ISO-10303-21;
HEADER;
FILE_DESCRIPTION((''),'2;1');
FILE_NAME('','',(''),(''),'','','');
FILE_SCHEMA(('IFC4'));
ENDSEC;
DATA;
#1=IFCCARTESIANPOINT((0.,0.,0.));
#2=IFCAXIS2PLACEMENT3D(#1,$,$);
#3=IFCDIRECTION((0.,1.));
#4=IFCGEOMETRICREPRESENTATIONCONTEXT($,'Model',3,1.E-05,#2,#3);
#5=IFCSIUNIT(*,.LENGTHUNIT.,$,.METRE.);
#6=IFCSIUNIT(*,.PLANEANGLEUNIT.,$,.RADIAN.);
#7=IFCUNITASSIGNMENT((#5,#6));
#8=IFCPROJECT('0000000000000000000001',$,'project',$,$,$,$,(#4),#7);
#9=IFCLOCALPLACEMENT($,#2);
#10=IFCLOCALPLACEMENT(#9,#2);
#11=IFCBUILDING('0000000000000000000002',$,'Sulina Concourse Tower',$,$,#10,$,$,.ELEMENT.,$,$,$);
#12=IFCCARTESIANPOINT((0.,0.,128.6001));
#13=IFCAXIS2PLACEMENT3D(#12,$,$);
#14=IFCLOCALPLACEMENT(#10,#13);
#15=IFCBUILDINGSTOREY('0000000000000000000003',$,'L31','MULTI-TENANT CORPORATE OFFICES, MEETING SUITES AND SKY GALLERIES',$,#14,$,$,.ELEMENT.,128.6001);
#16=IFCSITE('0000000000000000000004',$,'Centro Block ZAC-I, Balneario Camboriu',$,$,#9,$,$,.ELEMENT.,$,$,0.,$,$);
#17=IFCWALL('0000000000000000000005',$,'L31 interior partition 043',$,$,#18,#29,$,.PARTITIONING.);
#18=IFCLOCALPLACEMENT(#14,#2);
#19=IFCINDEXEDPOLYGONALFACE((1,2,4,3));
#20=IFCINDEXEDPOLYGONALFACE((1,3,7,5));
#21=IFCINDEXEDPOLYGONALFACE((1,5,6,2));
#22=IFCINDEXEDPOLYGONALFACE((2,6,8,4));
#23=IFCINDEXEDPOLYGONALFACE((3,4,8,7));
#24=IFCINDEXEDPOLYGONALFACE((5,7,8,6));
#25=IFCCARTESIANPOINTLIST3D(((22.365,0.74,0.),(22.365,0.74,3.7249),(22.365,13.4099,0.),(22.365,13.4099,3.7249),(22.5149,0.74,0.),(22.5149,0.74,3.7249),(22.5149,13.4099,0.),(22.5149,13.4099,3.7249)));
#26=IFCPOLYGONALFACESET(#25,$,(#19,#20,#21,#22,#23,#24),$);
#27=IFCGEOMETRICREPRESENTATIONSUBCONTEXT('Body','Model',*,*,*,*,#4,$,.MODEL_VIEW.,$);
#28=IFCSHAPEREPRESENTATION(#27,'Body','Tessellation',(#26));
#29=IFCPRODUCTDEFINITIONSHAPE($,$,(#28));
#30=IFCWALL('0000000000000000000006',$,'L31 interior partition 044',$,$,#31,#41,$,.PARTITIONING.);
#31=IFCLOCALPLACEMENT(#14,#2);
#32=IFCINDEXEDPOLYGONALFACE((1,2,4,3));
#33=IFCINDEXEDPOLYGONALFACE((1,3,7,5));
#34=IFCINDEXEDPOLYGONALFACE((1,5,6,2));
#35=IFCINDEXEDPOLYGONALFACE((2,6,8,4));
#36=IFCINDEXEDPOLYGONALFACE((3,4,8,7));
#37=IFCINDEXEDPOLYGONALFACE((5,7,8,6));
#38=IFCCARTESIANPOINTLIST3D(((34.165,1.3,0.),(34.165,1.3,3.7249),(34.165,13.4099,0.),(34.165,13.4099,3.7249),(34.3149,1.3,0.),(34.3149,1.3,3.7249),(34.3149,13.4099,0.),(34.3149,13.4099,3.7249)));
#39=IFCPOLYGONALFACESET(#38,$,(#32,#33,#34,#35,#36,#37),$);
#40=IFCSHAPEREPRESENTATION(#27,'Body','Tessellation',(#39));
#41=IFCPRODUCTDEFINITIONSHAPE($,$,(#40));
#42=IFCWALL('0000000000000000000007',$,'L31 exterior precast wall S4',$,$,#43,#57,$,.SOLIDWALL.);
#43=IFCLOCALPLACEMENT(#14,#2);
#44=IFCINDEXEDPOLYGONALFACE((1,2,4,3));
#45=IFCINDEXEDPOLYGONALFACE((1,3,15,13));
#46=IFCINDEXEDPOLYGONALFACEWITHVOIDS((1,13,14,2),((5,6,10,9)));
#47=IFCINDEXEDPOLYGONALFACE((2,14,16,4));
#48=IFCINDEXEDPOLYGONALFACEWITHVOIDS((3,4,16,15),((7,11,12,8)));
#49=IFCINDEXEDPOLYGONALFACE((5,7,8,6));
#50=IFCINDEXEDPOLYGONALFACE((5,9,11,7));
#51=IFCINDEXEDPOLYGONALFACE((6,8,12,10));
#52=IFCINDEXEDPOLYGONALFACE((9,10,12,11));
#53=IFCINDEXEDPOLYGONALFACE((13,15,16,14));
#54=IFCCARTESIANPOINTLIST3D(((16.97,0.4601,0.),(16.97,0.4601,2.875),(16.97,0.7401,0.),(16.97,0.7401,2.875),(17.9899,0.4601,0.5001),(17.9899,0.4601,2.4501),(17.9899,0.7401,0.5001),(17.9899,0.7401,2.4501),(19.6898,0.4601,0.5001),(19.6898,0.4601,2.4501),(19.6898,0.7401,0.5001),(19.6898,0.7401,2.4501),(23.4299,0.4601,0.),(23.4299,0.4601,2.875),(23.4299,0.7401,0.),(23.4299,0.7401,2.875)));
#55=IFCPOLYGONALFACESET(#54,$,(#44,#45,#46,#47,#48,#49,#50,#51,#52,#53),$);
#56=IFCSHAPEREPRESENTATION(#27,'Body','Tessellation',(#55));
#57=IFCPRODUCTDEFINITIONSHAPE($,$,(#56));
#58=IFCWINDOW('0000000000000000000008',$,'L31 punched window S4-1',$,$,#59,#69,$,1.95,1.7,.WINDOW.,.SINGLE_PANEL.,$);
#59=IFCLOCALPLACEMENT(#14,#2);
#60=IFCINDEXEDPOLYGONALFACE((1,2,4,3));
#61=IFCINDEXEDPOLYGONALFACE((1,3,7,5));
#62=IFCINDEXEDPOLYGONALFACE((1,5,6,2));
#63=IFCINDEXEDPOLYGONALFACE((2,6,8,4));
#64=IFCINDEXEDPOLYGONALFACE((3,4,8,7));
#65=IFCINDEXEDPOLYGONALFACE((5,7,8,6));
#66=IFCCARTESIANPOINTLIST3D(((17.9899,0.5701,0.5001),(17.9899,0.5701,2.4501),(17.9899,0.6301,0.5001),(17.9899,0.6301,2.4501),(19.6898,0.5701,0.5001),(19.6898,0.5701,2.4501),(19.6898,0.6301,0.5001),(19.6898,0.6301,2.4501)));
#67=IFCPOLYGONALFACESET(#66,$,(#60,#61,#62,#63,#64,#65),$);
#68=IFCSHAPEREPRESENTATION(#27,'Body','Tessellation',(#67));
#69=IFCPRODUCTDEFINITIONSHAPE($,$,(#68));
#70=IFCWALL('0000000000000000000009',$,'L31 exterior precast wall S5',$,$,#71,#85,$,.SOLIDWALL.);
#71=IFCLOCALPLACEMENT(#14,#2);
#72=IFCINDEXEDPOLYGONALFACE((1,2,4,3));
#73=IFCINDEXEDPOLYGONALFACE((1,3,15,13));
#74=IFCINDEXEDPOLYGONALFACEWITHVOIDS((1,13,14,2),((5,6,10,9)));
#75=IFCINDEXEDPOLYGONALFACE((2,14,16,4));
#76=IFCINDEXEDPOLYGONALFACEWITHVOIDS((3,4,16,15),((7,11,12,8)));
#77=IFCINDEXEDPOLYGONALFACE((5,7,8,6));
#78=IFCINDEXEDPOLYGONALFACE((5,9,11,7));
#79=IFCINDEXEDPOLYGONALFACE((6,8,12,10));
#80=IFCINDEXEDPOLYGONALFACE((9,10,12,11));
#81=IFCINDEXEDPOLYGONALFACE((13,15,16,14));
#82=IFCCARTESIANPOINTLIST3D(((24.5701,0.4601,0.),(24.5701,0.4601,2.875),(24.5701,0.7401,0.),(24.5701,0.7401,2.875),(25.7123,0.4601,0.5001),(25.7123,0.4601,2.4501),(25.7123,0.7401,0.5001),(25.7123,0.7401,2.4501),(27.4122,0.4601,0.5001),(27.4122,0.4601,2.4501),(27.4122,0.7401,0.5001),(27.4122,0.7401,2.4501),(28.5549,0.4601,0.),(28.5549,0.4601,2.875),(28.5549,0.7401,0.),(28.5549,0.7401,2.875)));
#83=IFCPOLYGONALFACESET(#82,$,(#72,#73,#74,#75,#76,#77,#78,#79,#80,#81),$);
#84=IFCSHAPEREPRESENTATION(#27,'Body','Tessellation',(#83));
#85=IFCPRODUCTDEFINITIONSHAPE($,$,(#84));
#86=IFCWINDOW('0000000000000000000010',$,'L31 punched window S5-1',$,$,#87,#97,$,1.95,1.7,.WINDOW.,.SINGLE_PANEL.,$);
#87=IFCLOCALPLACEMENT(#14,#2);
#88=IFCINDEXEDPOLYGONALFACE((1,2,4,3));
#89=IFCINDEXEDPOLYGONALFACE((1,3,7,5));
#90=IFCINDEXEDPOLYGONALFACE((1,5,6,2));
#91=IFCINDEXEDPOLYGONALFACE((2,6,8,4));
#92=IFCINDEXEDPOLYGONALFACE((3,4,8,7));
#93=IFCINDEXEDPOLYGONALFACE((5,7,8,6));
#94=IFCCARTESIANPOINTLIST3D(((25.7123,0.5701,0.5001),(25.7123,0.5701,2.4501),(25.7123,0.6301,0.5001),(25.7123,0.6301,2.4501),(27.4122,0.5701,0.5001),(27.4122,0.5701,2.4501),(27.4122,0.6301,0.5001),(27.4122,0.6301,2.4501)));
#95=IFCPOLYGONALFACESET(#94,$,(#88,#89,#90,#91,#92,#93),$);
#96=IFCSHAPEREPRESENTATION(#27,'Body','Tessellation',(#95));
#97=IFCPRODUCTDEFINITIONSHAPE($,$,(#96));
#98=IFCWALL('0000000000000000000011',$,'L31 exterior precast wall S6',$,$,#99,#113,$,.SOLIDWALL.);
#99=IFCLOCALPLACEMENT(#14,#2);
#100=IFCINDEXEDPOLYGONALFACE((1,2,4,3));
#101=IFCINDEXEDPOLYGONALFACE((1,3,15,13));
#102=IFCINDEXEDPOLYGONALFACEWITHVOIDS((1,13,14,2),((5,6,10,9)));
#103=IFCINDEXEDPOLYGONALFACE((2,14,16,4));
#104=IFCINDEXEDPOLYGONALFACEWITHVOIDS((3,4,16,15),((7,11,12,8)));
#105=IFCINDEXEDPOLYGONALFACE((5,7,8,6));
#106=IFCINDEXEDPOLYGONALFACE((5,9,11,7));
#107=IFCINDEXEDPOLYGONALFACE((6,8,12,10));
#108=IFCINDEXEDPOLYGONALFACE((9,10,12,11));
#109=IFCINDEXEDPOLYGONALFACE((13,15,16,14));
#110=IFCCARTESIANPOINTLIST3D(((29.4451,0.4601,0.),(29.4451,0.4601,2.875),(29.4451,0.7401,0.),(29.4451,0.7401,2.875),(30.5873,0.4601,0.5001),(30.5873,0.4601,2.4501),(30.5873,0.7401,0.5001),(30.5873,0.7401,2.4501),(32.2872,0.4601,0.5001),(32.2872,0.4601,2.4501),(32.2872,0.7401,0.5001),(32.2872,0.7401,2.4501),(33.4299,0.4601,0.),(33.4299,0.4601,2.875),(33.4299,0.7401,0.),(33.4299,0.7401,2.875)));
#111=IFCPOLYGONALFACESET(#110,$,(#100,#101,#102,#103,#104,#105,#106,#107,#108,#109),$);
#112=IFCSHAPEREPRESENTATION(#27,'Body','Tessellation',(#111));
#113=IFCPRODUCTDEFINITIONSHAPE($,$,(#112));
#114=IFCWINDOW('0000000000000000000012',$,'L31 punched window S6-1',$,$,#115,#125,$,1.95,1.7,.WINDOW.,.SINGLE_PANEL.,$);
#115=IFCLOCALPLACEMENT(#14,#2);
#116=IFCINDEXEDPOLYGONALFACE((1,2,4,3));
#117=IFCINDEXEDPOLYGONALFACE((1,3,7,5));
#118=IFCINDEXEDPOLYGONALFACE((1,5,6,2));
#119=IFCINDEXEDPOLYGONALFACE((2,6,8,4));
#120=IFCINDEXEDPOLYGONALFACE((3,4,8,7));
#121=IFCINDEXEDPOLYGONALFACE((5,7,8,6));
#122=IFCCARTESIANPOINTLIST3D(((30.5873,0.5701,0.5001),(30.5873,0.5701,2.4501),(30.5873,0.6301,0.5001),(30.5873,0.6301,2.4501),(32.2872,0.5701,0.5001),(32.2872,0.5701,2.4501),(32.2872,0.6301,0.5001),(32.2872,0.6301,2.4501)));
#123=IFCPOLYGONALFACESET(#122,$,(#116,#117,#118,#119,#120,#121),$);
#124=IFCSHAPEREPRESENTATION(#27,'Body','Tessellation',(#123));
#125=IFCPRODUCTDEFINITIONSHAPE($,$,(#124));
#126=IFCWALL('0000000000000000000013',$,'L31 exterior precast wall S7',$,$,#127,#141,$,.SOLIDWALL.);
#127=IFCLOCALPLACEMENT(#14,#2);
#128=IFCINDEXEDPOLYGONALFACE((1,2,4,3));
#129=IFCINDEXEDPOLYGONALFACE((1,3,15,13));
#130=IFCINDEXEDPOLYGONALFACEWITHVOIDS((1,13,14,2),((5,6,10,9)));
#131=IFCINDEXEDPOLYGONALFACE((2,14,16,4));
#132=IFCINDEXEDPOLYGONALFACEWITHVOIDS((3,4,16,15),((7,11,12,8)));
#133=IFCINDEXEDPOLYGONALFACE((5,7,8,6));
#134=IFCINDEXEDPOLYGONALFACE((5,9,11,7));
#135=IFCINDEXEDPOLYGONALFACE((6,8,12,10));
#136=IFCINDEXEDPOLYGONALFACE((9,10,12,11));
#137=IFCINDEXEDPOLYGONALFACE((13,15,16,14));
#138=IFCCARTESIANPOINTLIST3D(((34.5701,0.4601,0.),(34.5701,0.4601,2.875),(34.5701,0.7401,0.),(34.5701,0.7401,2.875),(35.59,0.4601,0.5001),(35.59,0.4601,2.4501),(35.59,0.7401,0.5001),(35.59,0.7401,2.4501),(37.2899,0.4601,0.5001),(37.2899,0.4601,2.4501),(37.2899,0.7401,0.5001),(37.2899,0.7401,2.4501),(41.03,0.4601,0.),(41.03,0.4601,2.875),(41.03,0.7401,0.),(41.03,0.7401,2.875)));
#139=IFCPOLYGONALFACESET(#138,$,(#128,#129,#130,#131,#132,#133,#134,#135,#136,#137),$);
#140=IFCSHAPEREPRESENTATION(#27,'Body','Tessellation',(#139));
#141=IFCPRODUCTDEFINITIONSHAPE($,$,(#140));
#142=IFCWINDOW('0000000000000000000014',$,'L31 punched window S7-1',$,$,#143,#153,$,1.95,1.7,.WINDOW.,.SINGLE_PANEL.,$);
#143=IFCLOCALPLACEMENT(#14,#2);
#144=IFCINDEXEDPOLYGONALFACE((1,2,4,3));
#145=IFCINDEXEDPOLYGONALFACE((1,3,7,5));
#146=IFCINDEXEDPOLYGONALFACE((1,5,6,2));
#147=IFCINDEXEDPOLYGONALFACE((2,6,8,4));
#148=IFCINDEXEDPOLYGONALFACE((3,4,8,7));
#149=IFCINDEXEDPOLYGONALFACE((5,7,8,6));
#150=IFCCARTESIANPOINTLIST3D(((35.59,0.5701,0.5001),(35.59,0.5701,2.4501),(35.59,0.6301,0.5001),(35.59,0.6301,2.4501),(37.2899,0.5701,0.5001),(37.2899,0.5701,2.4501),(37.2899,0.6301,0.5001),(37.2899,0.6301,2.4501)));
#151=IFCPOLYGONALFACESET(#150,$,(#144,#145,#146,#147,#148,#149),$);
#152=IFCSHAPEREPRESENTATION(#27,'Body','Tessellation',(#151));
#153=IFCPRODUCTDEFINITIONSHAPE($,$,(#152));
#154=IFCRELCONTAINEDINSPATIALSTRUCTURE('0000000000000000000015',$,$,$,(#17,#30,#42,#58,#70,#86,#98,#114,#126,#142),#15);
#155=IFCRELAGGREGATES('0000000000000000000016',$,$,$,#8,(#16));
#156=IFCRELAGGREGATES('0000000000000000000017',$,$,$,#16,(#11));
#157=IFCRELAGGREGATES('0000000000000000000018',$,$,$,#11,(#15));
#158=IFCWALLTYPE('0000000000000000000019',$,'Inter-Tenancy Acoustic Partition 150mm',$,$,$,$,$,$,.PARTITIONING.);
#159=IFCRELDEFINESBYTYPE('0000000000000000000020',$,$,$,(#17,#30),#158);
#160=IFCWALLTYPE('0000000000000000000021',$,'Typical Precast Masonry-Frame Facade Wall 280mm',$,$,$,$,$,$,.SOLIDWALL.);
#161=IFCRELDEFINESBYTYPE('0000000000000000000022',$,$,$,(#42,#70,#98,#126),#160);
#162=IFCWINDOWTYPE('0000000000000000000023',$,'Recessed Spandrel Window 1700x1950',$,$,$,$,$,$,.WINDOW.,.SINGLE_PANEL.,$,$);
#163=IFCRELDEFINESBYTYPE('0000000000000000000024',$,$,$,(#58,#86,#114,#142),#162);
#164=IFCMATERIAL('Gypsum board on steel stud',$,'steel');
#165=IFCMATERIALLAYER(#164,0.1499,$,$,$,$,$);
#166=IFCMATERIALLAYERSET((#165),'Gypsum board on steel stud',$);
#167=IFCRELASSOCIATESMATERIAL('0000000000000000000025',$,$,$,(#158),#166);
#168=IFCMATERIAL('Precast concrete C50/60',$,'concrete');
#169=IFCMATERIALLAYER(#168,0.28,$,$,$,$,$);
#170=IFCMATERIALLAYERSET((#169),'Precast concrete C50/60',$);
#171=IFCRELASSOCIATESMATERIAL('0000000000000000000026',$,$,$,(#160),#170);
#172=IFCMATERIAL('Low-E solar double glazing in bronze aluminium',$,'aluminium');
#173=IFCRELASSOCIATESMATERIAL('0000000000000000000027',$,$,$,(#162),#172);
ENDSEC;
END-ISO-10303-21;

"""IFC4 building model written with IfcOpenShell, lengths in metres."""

from ifc_helpers import new_model, si_unit, direction, frame, frame_2d, origin, place, context, subcontext, project, spatial, rectangle, extrude, material, layer, layer_set, type_object, element, fill, save


model = new_model("IFC4")

# Units and contexts
model_context = context("Model", 3, precision=1e-05, world=origin(), true_north=direction((0.0, 1.0)))
body_context = subcontext(model_context, "Body", "Model", "MODEL_VIEW")
ifc_project = project(units=[si_unit("LENGTHUNIT", "METRE"), si_unit("PLANEANGLEUNIT", "RADIAN")], contexts=[model_context])

# Site, building, storey
site_placement = place(None, origin())
site = spatial("IfcSite", under=ifc_project, at=site_placement, Name="Centro Block ZAC-I, Balneario Camboriu", CompositionType="ELEMENT", RefElevation=0.0)
building_placement = place(site_placement, origin())
building = spatial("IfcBuilding", under=site, at=building_placement, Name="Sulina Concourse Tower", CompositionType="ELEMENT")
storey_placement = place(building_placement, frame((0.0, 0.0, 128.6001)))
storey = spatial("IfcBuildingStorey", under=building, at=storey_placement, Name="L31", Description="MULTI-TENANT CORPORATE OFFICES, MEETING SUITES AND SKY GALLERIES", CompositionType="ELEMENT", Elevation=128.6001)

# Walls
ifc_material_1 = material(Name="Gypsum board on steel stud", Category="steel")
ifc_layer_1 = layer(ifc_material_1, 0.1499)
ifc_layer_set_1 = layer_set([ifc_layer_1], Name="Gypsum board on steel stud")
wall_type_1 = type_object("IfcWallType", Name="Inter-Tenancy Acoustic Partition 150mm", PredefinedType="PARTITIONING", material=ifc_layer_set_1)
wall_1_placement = place(storey_placement, frame((22.4399, 0.74, 0.0), z_axis=(0.0, 0.0, 1.0), x_axis=(0.0, 1.0, 0.0)))
element("IfcWall", 1, at=wall_1_placement, inside=storey, type_object=wall_type_1, Name="L31 interior partition 043", PredefinedType="PARTITIONING", context=body_context, shape_type="SweptSolid", body=[
    extrude(rectangle(XDim=12.6699, YDim=0.1499, at=frame_2d((6.335, 0.0))), origin(), (0.0, 0.0, 1.0), 3.7249),
])
wall_2_placement = place(storey_placement, frame((34.24, 1.3, 0.0), z_axis=(0.0, 0.0, 1.0), x_axis=(0.0, 1.0, 0.0)))
element("IfcWall", 2, at=wall_2_placement, inside=storey, type_object=wall_type_1, Name="L31 interior partition 044", PredefinedType="PARTITIONING", context=body_context, shape_type="SweptSolid", body=[
    extrude(rectangle(XDim=12.1099, YDim=0.1499, at=frame_2d((6.0549, 0.0))), origin(), (0.0, 0.0, 1.0), 3.7249),
])

# Walls, openings, windows
ifc_material_2 = material(Name="Precast concrete C50/60", Category="concrete")
ifc_layer_2 = layer(ifc_material_2, 0.28)
ifc_layer_set_2 = layer_set([ifc_layer_2], Name="Precast concrete C50/60")
wall_type_2 = type_object("IfcWallType", Name="Typical Precast Masonry-Frame Facade Wall 280mm", PredefinedType="SOLIDWALL", material=ifc_layer_set_2)
wall_3_placement = place(storey_placement, frame((23.4299, 0.6001, 0.0), z_axis=(0.0, 0.0, 1.0), x_axis=(-1.0, 0.0, 0.0)))
wall_3 = element("IfcWall", 3, at=wall_3_placement, inside=storey, type_object=wall_type_2, Name="L31 exterior precast wall S4", PredefinedType="SOLIDWALL", context=body_context, shape_type="SweptSolid", body=[
    extrude(rectangle(XDim=6.46, YDim=0.28, at=frame_2d((3.23, 0.0))), origin(), (0.0, 0.0, 1.0), 2.875),
])
opening_1_placement = place(wall_3_placement, frame((3.74, 0.0, 0.5)))
opening_1 = element("IfcOpeningElement", 4, at=opening_1_placement, cuts=wall_3, PredefinedType="OPENING", context=body_context, shape_type="SweptSolid", body=[
    extrude(rectangle(XDim=1.7, YDim=1.95, at=frame_2d((0.8501, 0.9751))), frame((0.0, 0.1499, 0.0), z_axis=(0.0, -1.0, 0.0), x_axis=(1.0, 0.0, 0.0)), (0.0, 0.0, 1.0), 0.3),
])
ifc_material_3 = material(Name="Low-E solar double glazing in bronze aluminium", Category="aluminium")
window_type = type_object("IfcWindowType", Name="Recessed Spandrel Window 1700x1950", PartitioningType="SINGLE_PANEL", PredefinedType="WINDOW", material=ifc_material_3)
window_1_placement = place(opening_1_placement, origin())
window_1 = element("IfcWindow", 5, at=window_1_placement, inside=storey, type_object=window_type, Name="L31 punched window S4-1", OverallHeight=1.95, OverallWidth=1.7, PartitioningType="SINGLE_PANEL", PredefinedType="WINDOW", context=body_context, shape_type="SweptSolid", body=[
    extrude(rectangle(XDim=1.7, YDim=1.95, at=frame_2d((0.8501, 0.9751))), frame((0.0, 0.03, 0.0), z_axis=(0.0, -1.0, 0.0), x_axis=(1.0, 0.0, 0.0)), (0.0, 0.0, 1.0), 0.0601),
])
fill(opening_1, window_1)
wall_4_placement = place(storey_placement, frame((28.5549, 0.6001, 0.0), z_axis=(0.0, 0.0, 1.0), x_axis=(-1.0, 0.0, 0.0)))
wall_4 = element("IfcWall", 6, at=wall_4_placement, inside=storey, type_object=wall_type_2, Name="L31 exterior precast wall S5", PredefinedType="SOLIDWALL", context=body_context, shape_type="SweptSolid", body=[
    extrude(rectangle(XDim=3.9849, YDim=0.28, at=frame_2d((1.9924, 0.0))), origin(), (0.0, 0.0, 1.0), 2.875),
])
opening_2_placement = place(wall_4_placement, frame((1.1426, 0.0, 0.5)))
opening_2 = element("IfcOpeningElement", 7, at=opening_2_placement, cuts=wall_4, PredefinedType="OPENING", context=body_context, shape_type="SweptSolid", body=[
    extrude(rectangle(XDim=1.7, YDim=1.95, at=frame_2d((0.8501, 0.9751))), frame((0.0, 0.1499, 0.0), z_axis=(0.0, -1.0, 0.0), x_axis=(1.0, 0.0, 0.0)), (0.0, 0.0, 1.0), 0.3),
])
window_2_placement = place(opening_2_placement, origin())
window_2 = element("IfcWindow", 8, at=window_2_placement, inside=storey, type_object=window_type, Name="L31 punched window S5-1", OverallHeight=1.95, OverallWidth=1.7, PartitioningType="SINGLE_PANEL", PredefinedType="WINDOW", context=body_context, shape_type="SweptSolid", body=[
    extrude(rectangle(XDim=1.7, YDim=1.95, at=frame_2d((0.8501, 0.9751))), frame((0.0, 0.03, 0.0), z_axis=(0.0, -1.0, 0.0), x_axis=(1.0, 0.0, 0.0)), (0.0, 0.0, 1.0), 0.0601),
])
fill(opening_2, window_2)
wall_5_placement = place(storey_placement, frame((33.4299, 0.6001, 0.0), z_axis=(0.0, 0.0, 1.0), x_axis=(-1.0, 0.0, 0.0)))
wall_5 = element("IfcWall", 9, at=wall_5_placement, inside=storey, type_object=wall_type_2, Name="L31 exterior precast wall S6", PredefinedType="SOLIDWALL", context=body_context, shape_type="SweptSolid", body=[
    extrude(rectangle(XDim=3.9849, YDim=0.28, at=frame_2d((1.9924, 0.0))), origin(), (0.0, 0.0, 1.0), 2.875),
])
opening_3_placement = place(wall_5_placement, frame((1.1426, 0.0, 0.5)))
opening_3 = element("IfcOpeningElement", 10, at=opening_3_placement, cuts=wall_5, PredefinedType="OPENING", context=body_context, shape_type="SweptSolid", body=[
    extrude(rectangle(XDim=1.7, YDim=1.95, at=frame_2d((0.8501, 0.9751))), frame((0.0, 0.1499, 0.0), z_axis=(0.0, -1.0, 0.0), x_axis=(1.0, 0.0, 0.0)), (0.0, 0.0, 1.0), 0.3),
])
window_3_placement = place(opening_3_placement, origin())
window_3 = element("IfcWindow", 11, at=window_3_placement, inside=storey, type_object=window_type, Name="L31 punched window S6-1", OverallHeight=1.95, OverallWidth=1.7, PartitioningType="SINGLE_PANEL", PredefinedType="WINDOW", context=body_context, shape_type="SweptSolid", body=[
    extrude(rectangle(XDim=1.7, YDim=1.95, at=frame_2d((0.8501, 0.9751))), frame((0.0, 0.03, 0.0), z_axis=(0.0, -1.0, 0.0), x_axis=(1.0, 0.0, 0.0)), (0.0, 0.0, 1.0), 0.0601),
])
fill(opening_3, window_3)
wall_6_placement = place(storey_placement, frame((41.03, 0.6001, 0.0), z_axis=(0.0, 0.0, 1.0), x_axis=(-1.0, 0.0, 0.0)))
wall_6 = element("IfcWall", 12, at=wall_6_placement, inside=storey, type_object=wall_type_2, Name="L31 exterior precast wall S7", PredefinedType="SOLIDWALL", context=body_context, shape_type="SweptSolid", body=[
    extrude(rectangle(XDim=6.46, YDim=0.28, at=frame_2d((3.23, 0.0))), origin(), (0.0, 0.0, 1.0), 2.875),
])
opening_4_placement = place(wall_6_placement, frame((3.74, 0.0, 0.5)))
opening_4 = element("IfcOpeningElement", 13, at=opening_4_placement, cuts=wall_6, PredefinedType="OPENING", context=body_context, shape_type="SweptSolid", body=[
    extrude(rectangle(XDim=1.7, YDim=1.95, at=frame_2d((0.8501, 0.9751))), frame((0.0, 0.1499, 0.0), z_axis=(0.0, -1.0, 0.0), x_axis=(1.0, 0.0, 0.0)), (0.0, 0.0, 1.0), 0.3),
])
window_4_placement = place(opening_4_placement, origin())
window_4 = element("IfcWindow", 14, at=window_4_placement, inside=storey, type_object=window_type, Name="L31 punched window S7-1", OverallHeight=1.95, OverallWidth=1.7, PartitioningType="SINGLE_PANEL", PredefinedType="WINDOW", context=body_context, shape_type="SweptSolid", body=[
    extrude(rectangle(XDim=1.7, YDim=1.95, at=frame_2d((0.8501, 0.9751))), frame((0.0, 0.03, 0.0), z_axis=(0.0, -1.0, 0.0), x_axis=(1.0, 0.0, 0.0)), (0.0, 0.0, 1.0), 0.0601),
])
fill(opening_4, window_4)

save(model, "model.ifc")
